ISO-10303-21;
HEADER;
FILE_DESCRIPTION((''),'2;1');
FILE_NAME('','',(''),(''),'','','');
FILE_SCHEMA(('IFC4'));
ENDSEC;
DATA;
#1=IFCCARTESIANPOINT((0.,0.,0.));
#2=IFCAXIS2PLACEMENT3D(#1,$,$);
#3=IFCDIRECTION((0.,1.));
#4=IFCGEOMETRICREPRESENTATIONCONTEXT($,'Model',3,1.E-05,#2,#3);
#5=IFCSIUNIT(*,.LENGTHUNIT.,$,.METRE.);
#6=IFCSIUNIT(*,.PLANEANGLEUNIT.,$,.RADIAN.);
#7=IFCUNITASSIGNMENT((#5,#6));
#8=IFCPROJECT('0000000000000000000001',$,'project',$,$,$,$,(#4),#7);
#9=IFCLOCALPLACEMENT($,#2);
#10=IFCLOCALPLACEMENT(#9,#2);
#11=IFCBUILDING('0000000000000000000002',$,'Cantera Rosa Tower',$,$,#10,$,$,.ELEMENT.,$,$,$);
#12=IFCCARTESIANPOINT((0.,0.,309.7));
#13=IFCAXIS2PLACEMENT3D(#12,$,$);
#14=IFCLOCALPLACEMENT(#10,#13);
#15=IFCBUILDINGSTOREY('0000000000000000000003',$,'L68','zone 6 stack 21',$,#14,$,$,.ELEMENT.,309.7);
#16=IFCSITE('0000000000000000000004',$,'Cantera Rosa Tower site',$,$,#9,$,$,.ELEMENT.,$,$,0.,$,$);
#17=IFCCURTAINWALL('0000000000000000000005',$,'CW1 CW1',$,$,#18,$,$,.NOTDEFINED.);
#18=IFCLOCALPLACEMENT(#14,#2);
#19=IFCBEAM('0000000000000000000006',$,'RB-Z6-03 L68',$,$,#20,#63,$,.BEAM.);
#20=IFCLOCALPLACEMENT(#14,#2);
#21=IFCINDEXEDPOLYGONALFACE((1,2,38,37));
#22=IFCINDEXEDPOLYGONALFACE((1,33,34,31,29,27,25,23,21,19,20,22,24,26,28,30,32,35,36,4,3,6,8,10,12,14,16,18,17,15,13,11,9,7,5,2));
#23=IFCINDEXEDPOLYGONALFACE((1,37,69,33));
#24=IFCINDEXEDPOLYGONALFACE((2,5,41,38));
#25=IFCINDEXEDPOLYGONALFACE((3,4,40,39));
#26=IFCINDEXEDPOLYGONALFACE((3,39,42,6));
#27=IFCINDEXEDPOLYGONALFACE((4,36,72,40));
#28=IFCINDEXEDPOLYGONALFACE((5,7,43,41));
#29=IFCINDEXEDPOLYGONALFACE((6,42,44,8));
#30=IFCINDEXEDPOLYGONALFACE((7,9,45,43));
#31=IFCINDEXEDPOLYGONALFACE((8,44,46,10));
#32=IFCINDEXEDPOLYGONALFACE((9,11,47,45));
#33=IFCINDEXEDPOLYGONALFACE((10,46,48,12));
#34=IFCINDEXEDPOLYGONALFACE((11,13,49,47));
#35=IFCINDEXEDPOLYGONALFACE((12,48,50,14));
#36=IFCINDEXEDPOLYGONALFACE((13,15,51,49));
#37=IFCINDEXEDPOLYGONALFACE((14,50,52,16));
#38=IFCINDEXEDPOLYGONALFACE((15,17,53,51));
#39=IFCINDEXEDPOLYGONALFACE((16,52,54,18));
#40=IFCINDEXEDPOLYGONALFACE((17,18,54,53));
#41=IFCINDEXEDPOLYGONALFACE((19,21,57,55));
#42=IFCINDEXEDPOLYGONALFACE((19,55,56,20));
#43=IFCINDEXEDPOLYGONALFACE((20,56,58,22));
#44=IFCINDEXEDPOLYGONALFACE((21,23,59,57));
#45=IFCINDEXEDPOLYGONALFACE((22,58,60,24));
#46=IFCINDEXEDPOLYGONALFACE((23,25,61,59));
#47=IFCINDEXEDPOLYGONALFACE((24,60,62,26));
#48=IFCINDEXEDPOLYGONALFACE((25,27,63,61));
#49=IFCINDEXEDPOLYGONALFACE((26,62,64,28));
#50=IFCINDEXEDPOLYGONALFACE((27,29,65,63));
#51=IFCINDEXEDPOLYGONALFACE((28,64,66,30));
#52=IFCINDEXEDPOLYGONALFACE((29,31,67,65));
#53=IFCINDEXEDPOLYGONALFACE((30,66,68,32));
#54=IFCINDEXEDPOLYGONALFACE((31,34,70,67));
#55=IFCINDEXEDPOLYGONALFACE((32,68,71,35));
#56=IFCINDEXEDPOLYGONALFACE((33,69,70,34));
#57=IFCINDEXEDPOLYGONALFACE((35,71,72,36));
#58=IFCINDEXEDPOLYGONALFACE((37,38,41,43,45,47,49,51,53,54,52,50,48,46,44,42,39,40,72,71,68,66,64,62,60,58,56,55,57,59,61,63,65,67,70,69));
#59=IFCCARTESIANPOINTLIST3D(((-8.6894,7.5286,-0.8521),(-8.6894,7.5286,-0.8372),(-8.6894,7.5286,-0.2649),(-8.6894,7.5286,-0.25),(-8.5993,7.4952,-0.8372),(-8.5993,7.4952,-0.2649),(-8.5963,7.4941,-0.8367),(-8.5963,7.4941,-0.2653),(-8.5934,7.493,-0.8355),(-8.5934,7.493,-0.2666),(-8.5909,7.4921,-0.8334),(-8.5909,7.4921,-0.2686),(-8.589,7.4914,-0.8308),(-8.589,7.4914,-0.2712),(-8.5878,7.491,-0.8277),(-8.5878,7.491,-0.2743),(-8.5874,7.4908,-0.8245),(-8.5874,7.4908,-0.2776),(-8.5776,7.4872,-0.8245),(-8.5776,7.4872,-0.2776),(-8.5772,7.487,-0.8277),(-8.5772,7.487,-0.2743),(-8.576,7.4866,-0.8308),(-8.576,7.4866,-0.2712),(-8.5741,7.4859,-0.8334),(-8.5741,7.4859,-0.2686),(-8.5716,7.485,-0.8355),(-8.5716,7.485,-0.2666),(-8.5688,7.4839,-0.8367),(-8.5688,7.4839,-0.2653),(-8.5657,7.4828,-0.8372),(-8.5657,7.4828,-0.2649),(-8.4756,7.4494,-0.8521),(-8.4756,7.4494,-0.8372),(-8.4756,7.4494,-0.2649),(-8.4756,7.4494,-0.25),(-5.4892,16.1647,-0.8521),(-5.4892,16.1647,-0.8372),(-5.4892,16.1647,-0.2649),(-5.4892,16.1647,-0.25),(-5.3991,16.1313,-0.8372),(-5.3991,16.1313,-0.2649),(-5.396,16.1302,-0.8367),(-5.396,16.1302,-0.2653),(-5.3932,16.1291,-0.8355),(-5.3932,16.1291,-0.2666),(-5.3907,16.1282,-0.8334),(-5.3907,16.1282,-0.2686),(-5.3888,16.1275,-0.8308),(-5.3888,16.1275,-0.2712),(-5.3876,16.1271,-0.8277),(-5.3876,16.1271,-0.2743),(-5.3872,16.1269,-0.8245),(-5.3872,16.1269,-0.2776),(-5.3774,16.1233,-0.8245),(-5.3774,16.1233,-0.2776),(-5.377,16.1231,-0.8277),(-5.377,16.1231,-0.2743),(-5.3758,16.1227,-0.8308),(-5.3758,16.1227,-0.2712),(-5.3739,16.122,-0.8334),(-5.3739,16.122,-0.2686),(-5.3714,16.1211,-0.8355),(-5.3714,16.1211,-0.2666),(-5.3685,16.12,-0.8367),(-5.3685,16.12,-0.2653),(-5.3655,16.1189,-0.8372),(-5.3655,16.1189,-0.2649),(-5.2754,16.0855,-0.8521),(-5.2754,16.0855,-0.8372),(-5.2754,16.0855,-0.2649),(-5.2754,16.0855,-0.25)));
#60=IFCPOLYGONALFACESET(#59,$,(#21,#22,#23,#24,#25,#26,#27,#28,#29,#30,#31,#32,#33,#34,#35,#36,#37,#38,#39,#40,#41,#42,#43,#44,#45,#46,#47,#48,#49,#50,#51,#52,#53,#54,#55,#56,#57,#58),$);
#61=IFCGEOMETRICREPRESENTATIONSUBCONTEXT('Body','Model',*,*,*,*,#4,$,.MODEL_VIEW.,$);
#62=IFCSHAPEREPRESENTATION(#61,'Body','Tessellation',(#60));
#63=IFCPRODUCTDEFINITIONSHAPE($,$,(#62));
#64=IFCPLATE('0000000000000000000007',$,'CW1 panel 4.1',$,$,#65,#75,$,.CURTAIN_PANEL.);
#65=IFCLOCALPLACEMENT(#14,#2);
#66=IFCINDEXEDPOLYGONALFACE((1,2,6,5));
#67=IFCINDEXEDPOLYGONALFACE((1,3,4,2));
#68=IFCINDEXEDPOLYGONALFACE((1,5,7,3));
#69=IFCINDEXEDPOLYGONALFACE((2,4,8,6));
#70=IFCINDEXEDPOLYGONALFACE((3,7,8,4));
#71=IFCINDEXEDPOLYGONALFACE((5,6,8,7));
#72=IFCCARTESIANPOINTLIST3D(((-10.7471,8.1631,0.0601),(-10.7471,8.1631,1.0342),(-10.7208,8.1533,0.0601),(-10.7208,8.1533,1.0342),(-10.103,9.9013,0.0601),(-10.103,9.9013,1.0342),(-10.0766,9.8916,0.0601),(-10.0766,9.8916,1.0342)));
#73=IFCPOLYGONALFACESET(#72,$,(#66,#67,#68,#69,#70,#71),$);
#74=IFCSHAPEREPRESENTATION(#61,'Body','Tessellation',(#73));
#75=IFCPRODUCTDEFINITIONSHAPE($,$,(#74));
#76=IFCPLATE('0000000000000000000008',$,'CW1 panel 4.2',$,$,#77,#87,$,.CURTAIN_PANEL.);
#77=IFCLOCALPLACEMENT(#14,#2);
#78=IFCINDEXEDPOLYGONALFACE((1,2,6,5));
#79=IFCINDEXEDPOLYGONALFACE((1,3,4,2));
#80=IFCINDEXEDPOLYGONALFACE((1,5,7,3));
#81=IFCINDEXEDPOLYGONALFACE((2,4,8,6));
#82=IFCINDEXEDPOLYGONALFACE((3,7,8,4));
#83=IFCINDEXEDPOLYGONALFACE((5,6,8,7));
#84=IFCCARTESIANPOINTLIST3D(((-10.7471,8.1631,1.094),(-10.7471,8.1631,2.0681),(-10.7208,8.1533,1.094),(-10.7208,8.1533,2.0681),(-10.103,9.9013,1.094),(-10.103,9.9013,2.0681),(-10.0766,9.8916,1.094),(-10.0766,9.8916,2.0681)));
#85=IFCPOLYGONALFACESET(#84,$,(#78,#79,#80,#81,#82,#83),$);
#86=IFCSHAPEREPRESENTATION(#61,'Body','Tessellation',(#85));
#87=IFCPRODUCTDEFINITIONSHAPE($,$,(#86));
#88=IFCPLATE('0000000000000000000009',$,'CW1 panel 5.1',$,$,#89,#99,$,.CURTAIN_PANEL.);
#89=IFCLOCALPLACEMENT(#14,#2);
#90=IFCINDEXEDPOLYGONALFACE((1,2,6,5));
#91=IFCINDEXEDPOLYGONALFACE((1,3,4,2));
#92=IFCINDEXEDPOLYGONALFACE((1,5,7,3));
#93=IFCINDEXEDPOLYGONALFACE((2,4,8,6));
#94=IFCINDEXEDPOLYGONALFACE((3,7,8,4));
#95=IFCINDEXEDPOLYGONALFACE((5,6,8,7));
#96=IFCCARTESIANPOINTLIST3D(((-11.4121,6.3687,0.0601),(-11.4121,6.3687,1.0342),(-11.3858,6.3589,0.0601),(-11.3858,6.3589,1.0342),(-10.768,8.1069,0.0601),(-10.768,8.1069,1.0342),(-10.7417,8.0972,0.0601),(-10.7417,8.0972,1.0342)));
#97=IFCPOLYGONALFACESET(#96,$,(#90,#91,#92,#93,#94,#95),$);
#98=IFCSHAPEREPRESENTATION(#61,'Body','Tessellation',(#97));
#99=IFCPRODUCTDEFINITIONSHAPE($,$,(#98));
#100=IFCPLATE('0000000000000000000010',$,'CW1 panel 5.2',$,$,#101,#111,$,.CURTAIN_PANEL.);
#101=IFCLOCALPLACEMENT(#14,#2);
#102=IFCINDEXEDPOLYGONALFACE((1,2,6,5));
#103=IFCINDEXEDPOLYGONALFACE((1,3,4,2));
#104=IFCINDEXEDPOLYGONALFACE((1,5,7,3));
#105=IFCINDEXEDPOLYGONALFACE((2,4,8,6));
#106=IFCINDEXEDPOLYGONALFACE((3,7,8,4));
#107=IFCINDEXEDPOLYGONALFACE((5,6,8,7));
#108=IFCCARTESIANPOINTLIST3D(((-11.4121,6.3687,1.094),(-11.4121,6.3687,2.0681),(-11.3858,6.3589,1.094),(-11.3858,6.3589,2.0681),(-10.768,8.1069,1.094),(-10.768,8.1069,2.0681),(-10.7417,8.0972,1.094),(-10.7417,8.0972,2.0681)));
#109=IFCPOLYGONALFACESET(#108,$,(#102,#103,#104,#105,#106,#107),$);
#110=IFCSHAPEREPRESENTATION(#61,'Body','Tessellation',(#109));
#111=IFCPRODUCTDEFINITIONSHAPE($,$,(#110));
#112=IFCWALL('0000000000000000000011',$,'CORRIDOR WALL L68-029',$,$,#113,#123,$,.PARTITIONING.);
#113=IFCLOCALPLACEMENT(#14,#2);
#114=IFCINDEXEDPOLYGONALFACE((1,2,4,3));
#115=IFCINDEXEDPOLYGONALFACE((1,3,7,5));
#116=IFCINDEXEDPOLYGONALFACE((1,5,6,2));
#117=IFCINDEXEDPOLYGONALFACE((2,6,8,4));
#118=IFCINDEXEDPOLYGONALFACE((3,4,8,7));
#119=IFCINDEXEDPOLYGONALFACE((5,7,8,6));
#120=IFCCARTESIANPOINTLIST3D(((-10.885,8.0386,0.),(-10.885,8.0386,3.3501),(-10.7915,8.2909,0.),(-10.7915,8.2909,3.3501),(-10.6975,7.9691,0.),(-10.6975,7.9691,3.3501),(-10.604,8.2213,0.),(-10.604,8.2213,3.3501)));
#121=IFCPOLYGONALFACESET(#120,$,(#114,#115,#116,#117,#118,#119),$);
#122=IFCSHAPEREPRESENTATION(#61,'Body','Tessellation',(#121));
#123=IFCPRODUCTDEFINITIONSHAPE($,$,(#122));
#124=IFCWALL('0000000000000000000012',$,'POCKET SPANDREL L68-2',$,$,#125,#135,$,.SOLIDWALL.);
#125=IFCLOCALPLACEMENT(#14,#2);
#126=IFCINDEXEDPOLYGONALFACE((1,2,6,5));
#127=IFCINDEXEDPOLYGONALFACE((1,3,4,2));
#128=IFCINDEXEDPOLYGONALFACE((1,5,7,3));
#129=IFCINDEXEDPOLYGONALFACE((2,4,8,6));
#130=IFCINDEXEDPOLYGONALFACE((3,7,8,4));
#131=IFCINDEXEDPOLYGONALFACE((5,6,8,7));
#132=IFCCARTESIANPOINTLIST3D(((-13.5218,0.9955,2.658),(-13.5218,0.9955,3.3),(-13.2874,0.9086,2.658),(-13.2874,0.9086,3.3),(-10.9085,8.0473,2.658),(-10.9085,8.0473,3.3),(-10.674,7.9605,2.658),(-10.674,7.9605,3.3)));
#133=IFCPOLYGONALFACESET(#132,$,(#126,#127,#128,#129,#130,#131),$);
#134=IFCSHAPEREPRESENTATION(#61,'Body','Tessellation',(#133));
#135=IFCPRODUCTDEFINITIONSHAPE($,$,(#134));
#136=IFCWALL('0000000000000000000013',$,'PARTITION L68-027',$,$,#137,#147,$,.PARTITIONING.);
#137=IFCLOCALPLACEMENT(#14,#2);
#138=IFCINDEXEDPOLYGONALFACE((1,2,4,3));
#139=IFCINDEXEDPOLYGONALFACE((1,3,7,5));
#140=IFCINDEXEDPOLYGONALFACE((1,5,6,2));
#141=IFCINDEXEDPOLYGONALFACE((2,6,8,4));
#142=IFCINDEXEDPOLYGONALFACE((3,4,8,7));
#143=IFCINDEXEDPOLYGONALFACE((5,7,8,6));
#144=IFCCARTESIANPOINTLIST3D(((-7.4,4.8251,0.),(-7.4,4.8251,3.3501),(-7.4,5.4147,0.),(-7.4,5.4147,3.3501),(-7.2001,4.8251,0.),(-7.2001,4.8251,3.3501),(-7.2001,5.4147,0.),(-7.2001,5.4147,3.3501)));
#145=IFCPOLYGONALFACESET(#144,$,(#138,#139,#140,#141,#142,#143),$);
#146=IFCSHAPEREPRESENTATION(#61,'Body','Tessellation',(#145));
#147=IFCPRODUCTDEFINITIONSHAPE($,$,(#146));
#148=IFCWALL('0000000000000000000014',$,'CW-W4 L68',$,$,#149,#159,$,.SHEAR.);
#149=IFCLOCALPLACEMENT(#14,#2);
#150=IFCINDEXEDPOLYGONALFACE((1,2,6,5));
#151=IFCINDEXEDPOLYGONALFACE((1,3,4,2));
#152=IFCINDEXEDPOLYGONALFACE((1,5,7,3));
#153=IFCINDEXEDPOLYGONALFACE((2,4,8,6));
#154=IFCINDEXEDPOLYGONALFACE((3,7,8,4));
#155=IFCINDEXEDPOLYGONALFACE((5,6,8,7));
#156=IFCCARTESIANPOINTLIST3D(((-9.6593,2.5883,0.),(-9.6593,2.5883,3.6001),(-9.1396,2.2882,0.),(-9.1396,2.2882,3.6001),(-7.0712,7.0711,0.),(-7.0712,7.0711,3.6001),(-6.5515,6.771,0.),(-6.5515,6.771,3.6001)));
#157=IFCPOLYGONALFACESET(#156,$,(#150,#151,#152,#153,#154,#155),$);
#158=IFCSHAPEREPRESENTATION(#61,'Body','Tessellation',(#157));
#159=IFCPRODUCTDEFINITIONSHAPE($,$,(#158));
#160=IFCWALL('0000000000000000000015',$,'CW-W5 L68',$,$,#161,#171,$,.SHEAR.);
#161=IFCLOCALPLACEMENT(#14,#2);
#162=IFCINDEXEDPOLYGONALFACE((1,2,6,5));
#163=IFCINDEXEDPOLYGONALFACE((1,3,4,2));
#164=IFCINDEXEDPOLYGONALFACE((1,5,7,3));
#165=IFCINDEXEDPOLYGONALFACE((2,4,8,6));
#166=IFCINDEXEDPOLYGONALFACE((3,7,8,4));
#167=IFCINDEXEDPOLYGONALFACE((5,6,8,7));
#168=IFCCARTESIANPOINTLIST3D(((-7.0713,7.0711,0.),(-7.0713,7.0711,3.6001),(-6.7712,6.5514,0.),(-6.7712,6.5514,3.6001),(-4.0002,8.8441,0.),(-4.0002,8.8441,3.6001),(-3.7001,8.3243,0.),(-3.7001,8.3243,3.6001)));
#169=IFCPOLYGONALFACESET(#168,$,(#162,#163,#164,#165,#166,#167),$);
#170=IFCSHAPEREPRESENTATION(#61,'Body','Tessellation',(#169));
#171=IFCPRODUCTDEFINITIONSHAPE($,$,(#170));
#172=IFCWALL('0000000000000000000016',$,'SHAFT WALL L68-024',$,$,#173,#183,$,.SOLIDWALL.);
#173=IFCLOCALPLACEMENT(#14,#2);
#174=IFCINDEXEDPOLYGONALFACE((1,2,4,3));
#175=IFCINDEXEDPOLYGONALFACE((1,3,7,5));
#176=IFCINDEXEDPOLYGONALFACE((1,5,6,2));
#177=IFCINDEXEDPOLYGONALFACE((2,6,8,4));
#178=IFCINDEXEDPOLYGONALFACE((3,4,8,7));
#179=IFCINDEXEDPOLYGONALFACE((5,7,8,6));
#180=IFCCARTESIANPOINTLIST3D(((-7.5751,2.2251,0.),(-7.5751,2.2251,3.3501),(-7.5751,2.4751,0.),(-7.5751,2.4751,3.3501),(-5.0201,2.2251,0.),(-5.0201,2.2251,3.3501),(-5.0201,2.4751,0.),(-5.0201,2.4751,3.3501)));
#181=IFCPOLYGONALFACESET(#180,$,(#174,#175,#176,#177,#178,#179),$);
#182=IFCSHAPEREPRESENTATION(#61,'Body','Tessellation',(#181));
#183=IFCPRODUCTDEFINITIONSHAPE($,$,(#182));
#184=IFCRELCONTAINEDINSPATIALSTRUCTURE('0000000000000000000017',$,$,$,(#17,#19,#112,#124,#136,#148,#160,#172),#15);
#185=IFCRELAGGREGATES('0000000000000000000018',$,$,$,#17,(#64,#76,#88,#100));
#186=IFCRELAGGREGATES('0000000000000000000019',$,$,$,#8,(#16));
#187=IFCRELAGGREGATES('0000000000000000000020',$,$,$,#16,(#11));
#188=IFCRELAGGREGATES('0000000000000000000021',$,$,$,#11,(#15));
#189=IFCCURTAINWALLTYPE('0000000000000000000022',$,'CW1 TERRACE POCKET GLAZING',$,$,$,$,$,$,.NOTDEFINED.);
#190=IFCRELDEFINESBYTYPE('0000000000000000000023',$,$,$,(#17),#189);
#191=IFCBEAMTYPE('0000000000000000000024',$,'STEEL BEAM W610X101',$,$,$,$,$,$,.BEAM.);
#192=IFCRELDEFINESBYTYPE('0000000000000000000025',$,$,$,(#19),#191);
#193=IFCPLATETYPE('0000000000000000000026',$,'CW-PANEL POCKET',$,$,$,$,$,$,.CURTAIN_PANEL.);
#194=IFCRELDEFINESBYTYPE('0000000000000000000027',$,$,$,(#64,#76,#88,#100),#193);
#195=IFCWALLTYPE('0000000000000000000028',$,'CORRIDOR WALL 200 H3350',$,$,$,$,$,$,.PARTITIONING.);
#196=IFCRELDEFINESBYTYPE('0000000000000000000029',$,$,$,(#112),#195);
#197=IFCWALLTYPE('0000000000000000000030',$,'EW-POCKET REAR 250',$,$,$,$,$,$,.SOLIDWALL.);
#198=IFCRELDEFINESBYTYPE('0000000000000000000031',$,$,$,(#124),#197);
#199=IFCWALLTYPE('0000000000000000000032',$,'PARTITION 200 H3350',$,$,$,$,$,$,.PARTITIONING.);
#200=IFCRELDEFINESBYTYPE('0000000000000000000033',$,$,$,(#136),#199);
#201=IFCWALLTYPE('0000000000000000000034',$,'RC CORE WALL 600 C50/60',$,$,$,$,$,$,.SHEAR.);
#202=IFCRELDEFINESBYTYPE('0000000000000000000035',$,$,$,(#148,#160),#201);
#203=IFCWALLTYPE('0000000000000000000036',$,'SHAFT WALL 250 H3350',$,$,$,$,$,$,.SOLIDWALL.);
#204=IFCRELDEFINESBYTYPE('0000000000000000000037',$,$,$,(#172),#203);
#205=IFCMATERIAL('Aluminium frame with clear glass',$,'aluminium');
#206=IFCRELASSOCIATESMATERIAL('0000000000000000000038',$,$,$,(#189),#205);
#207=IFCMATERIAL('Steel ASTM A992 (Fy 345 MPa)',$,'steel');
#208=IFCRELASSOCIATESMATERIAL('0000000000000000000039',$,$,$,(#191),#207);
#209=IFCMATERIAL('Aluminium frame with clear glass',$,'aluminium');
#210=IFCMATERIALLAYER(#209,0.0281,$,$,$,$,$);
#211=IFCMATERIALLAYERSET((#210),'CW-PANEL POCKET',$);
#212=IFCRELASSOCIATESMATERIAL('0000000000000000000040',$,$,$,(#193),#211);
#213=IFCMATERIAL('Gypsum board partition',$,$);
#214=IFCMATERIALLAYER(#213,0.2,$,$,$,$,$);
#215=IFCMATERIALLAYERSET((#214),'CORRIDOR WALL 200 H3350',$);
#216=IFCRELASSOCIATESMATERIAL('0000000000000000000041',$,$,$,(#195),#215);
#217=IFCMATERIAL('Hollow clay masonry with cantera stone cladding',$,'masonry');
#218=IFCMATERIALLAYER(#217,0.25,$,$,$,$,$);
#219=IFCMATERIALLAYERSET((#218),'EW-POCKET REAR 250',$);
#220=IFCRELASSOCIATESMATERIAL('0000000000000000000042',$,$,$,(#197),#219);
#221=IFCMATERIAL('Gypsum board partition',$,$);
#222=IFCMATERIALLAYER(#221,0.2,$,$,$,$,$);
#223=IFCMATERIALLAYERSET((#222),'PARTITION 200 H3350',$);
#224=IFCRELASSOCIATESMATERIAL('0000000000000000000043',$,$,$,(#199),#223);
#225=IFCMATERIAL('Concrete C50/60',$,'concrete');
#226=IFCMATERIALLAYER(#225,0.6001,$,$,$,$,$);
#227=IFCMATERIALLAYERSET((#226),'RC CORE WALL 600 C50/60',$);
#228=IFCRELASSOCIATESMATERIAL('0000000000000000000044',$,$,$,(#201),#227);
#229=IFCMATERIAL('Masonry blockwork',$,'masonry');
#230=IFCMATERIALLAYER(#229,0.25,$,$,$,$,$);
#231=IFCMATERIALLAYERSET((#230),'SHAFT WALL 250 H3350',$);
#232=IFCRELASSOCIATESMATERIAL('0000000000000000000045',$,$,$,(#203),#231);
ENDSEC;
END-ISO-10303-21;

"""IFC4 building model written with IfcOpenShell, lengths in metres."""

from ifc_helpers import new_model, si_unit, direction, frame, frame_2d, origin, origin_2d, place, context, subcontext, project, spatial, rectangle, i_section, extrude, material, layer, layer_set, material_profile, profile_set, type_object, element, aggregate, save


model = new_model("IFC4")

# Units and contexts
model_context = context("Model", 3, precision=1e-05, world=origin(), true_north=direction((0.0, 1.0)))
body_context = subcontext(model_context, "Body", "Model", "MODEL_VIEW")
ifc_project = project(units=[si_unit("LENGTHUNIT", "METRE"), si_unit("PLANEANGLEUNIT", "RADIAN")], contexts=[model_context])

# Site, building, storey
site_placement = place(None, origin())
site = spatial("IfcSite", under=ifc_project, at=site_placement, Name="Cantera Rosa Tower site", CompositionType="ELEMENT", RefElevation=0.0)
building_placement = place(site_placement, origin())
building = spatial("IfcBuilding", under=site, at=building_placement, Name="Cantera Rosa Tower", CompositionType="ELEMENT")
storey_placement = place(building_placement, frame((0.0, 0.0, 309.7)))
storey = spatial("IfcBuildingStorey", under=building, at=storey_placement, Name="L68", Description="zone 6 stack 21", CompositionType="ELEMENT", Elevation=309.7)

# Curtain wall
ifc_material_1 = material(Name="Aluminium frame with clear glass", Category="aluminium")
curtain_wall_type = type_object("IfcCurtainWallType", Name="CW1 TERRACE POCKET GLAZING", PredefinedType="NOTDEFINED", material=ifc_material_1)
curtain_wall_placement = place(storey_placement, origin())
curtain_wall = element("IfcCurtainWall", 1, at=curtain_wall_placement, inside=storey, type_object=curtain_wall_type, Name="CW1 CW1", PredefinedType="NOTDEFINED")

# Beam
ifc_material_2 = material(Name="Steel ASTM A992 (Fy 345 MPa)", Category="steel")
ifc_material_profile_1 = material_profile(ifc_material_2, i_section(OverallWidth=0.228, OverallDepth=0.6021, WebThickness=0.0105, FlangeThickness=0.0149, FilletRadius=0.0127, at=origin_2d()), Name="W610X101")
ifc_profile_set_1 = profile_set([ifc_material_profile_1], Name="Steel ASTM A992 (Fy 345 MPa)")
beam_type = type_object("IfcBeamType", Name="STEEL BEAM W610X101", PredefinedType="BEAM", material=ifc_profile_set_1)
beam_placement = place(storey_placement, frame((-8.5825, 7.489, -0.551), z_axis=(0.347475, 0.937689, 0.0), x_axis=(-0.937689, 0.347475, 0.0)))
element("IfcBeam", 2, at=beam_placement, inside=storey, type_object=beam_type, Name="RB-Z6-03 L68", PredefinedType="BEAM", context=body_context, shape_type="SweptSolid", body=[
    extrude(i_section(OverallWidth=0.228, OverallDepth=0.6021, WebThickness=0.0105, FlangeThickness=0.0149, FilletRadius=0.0127, at=origin_2d()), origin(), (0.0, 0.0, 1.0), 9.21),
])

# Plates
ifc_material_3 = material(Name="Aluminium frame with clear glass", Category="aluminium")
ifc_layer_1 = layer(ifc_material_3, 0.0281)
ifc_layer_set_1 = layer_set([ifc_layer_1], Name="CW-PANEL POCKET")
plate_type = type_object("IfcPlateType", Name="CW-PANEL POCKET", PredefinedType="CURTAIN_PANEL", material=ifc_layer_set_1)
plate_1_placement = place(storey_placement, frame((-10.4119, 9.0273, 0.0601), z_axis=(0.0, 0.0, 1.0), x_axis=(-0.347481, -0.937687, 0.0)))
plate_1 = element("IfcPlate", 3, at=plate_1_placement, type_object=plate_type, Name="CW1 panel 4.1", PredefinedType="CURTAIN_PANEL", context=body_context, shape_type="SweptSolid", body=[
    extrude(rectangle(XDim=1.8538, YDim=0.0281, at=origin_2d()), origin(), (0.0, 0.0, 1.0), 0.9741),
])
plate_2_placement = place(storey_placement, frame((-10.4119, 9.0273, 1.094), z_axis=(0.0, 0.0, 1.0), x_axis=(-0.347481, -0.937687, 0.0)))
plate_2 = element("IfcPlate", 4, at=plate_2_placement, type_object=plate_type, Name="CW1 panel 4.2", PredefinedType="CURTAIN_PANEL", context=body_context, shape_type="SweptSolid", body=[
    extrude(rectangle(XDim=1.8538, YDim=0.0281, at=origin_2d()), origin(), (0.0, 0.0, 1.0), 0.9741),
])
plate_3_placement = place(storey_placement, frame((-11.0769, 7.2329, 0.0601), z_axis=(0.0, 0.0, 1.0), x_axis=(-0.347481, -0.937687, 0.0)))
plate_3 = element("IfcPlate", 5, at=plate_3_placement, type_object=plate_type, Name="CW1 panel 5.1", PredefinedType="CURTAIN_PANEL", context=body_context, shape_type="SweptSolid", body=[
    extrude(rectangle(XDim=1.8538, YDim=0.0281, at=origin_2d()), origin(), (0.0, 0.0, 1.0), 0.9741),
])
plate_4_placement = place(storey_placement, frame((-11.0769, 7.2329, 1.094), z_axis=(0.0, 0.0, 1.0), x_axis=(-0.347481, -0.937687, 0.0)))
plate_4 = element("IfcPlate", 6, at=plate_4_placement, type_object=plate_type, Name="CW1 panel 5.2", PredefinedType="CURTAIN_PANEL", context=body_context, shape_type="SweptSolid", body=[
    extrude(rectangle(XDim=1.8538, YDim=0.0281, at=origin_2d()), origin(), (0.0, 0.0, 1.0), 0.9741),
])
aggregate(curtain_wall, [plate_1, plate_2, plate_3, plate_4])

# Walls
ifc_material_4 = material(Name="Gypsum board partition")
ifc_layer_2 = layer(ifc_material_4, 0.2)
ifc_layer_set_2 = layer_set([ifc_layer_2], Name="CORRIDOR WALL 200 H3350")
wall_type_1 = type_object("IfcWallType", Name="CORRIDOR WALL 200 H3350", PredefinedType="PARTITIONING", material=ifc_layer_set_2)
wall_1_placement = place(storey_placement, frame((-10.6978, 8.2561, 0.0), z_axis=(0.0, 0.0, 1.0), x_axis=(-0.34764, -0.937628, 0.0)))
element("IfcWall", 7, at=wall_1_placement, inside=storey, type_object=wall_type_1, Name="CORRIDOR WALL L68-029", PredefinedType="PARTITIONING", context=body_context, shape_type="SweptSolid", body=[
    extrude(rectangle(XDim=0.269, YDim=0.2, at=frame_2d((0.1345, 0.0))), origin(), (0.0, 0.0, 1.0), 3.3501),
])
ifc_material_5 = material(Name="Hollow clay masonry with cantera stone cladding", Category="masonry")
ifc_layer_3 = layer(ifc_material_5, 0.25)
ifc_layer_set_3 = layer_set([ifc_layer_3], Name="EW-POCKET REAR 250")
wall_type_2 = type_object("IfcWallType", Name="EW-POCKET REAR 250", PredefinedType="SOLIDWALL", material=ifc_layer_set_3)
wall_2_placement = place(storey_placement, frame((-10.7913, 8.0039, 2.658), z_axis=(0.0, 0.0, 1.0), x_axis=(-0.347492, -0.937683, 0.0)))
element("IfcWall", 8, at=wall_2_placement, inside=storey, type_object=wall_type_2, Name="POCKET SPANDREL L68-2", PredefinedType="SOLIDWALL", context=body_context, shape_type="SweptSolid", body=[
    extrude(rectangle(XDim=7.5205, YDim=0.25, at=frame_2d((3.7603, 0.0))), origin(), (0.0, 0.0, 1.0), 0.6421),
])
ifc_material_6 = material(Name="Gypsum board partition")
ifc_layer_4 = layer(ifc_material_6, 0.2)
ifc_layer_set_4 = layer_set([ifc_layer_4], Name="PARTITION 200 H3350")
wall_type_3 = type_object("IfcWallType", Name="PARTITION 200 H3350", PredefinedType="PARTITIONING", material=ifc_layer_set_4)
wall_3_placement = place(storey_placement, frame((-7.3, 4.825, 0.0), z_axis=(0.0, 0.0, 1.0), x_axis=(0.0, 1.0, 0.0)))
element("IfcWall", 9, at=wall_3_placement, inside=storey, type_object=wall_type_3, Name="PARTITION L68-027", PredefinedType="PARTITIONING", context=body_context, shape_type="SweptSolid", body=[
    extrude(rectangle(XDim=0.5896, YDim=0.2, at=frame_2d((0.2949, 0.0))), origin(), (0.0, 0.0, 1.0), 3.3501),
])
ifc_material_7 = material(Name="Concrete C50/60", Category="concrete")
ifc_layer_5 = layer(ifc_material_7, 0.6001)
ifc_layer_set_5 = layer_set([ifc_layer_5], Name="RC CORE WALL 600 C50/60")
wall_type_4 = type_object("IfcWallType", Name="RC CORE WALL 600 C50/60", PredefinedType="SHEAR", material=ifc_layer_set_5)
wall_4_placement = place(storey_placement, frame((-9.3994, 2.4382, 0.0), z_axis=(0.0, 0.0, 1.0), x_axis=(0.499989, 0.866032, 0.0)))
element("IfcWall", 10, at=wall_4_placement, inside=storey, type_object=wall_type_4, Name="CW-W4 L68", PredefinedType="SHEAR", context=body_context, shape_type="SweptSolid", body=[
    extrude(rectangle(XDim=5.1763, YDim=0.6001, at=frame_2d((2.5881, 0.0))), origin(), (0.0, 0.0, 1.0), 3.6001),
])
wall_5_placement = place(storey_placement, frame((-6.9211, 6.8113, 0.0), z_axis=(0.0, 0.0, 1.0), x_axis=(0.86604, 0.499975, 0.0)))
element("IfcWall", 11, at=wall_5_placement, inside=storey, type_object=wall_type_4, Name="CW-W5 L68", PredefinedType="SHEAR", context=body_context, shape_type="SweptSolid", body=[
    extrude(rectangle(XDim=3.5461, YDim=0.6001, at=frame_2d((1.7729, 0.0))), origin(), (0.0, 0.0, 1.0), 3.6001),
])
ifc_material_8 = material(Name="Masonry blockwork", Category="masonry")
ifc_layer_6 = layer(ifc_material_8, 0.25)
ifc_layer_set_6 = layer_set([ifc_layer_6], Name="SHAFT WALL 250 H3350")
wall_type_5 = type_object("IfcWallType", Name="SHAFT WALL 250 H3350", PredefinedType="SOLIDWALL", material=ifc_layer_set_6)
wall_6_placement = place(storey_placement, frame((-7.575, 2.3501, 0.0), z_axis=(0.0, 0.0, 1.0), x_axis=(1.0, 0.0, 0.0)))
element("IfcWall", 12, at=wall_6_placement, inside=storey, type_object=wall_type_5, Name="SHAFT WALL L68-024", PredefinedType="SOLIDWALL", context=body_context, shape_type="SweptSolid", body=[
    extrude(rectangle(XDim=2.5549, YDim=0.25, at=frame_2d((1.2773, 0.0))), origin(), (0.0, 0.0, 1.0), 3.3501),
])

save(model, "model.ifc")
